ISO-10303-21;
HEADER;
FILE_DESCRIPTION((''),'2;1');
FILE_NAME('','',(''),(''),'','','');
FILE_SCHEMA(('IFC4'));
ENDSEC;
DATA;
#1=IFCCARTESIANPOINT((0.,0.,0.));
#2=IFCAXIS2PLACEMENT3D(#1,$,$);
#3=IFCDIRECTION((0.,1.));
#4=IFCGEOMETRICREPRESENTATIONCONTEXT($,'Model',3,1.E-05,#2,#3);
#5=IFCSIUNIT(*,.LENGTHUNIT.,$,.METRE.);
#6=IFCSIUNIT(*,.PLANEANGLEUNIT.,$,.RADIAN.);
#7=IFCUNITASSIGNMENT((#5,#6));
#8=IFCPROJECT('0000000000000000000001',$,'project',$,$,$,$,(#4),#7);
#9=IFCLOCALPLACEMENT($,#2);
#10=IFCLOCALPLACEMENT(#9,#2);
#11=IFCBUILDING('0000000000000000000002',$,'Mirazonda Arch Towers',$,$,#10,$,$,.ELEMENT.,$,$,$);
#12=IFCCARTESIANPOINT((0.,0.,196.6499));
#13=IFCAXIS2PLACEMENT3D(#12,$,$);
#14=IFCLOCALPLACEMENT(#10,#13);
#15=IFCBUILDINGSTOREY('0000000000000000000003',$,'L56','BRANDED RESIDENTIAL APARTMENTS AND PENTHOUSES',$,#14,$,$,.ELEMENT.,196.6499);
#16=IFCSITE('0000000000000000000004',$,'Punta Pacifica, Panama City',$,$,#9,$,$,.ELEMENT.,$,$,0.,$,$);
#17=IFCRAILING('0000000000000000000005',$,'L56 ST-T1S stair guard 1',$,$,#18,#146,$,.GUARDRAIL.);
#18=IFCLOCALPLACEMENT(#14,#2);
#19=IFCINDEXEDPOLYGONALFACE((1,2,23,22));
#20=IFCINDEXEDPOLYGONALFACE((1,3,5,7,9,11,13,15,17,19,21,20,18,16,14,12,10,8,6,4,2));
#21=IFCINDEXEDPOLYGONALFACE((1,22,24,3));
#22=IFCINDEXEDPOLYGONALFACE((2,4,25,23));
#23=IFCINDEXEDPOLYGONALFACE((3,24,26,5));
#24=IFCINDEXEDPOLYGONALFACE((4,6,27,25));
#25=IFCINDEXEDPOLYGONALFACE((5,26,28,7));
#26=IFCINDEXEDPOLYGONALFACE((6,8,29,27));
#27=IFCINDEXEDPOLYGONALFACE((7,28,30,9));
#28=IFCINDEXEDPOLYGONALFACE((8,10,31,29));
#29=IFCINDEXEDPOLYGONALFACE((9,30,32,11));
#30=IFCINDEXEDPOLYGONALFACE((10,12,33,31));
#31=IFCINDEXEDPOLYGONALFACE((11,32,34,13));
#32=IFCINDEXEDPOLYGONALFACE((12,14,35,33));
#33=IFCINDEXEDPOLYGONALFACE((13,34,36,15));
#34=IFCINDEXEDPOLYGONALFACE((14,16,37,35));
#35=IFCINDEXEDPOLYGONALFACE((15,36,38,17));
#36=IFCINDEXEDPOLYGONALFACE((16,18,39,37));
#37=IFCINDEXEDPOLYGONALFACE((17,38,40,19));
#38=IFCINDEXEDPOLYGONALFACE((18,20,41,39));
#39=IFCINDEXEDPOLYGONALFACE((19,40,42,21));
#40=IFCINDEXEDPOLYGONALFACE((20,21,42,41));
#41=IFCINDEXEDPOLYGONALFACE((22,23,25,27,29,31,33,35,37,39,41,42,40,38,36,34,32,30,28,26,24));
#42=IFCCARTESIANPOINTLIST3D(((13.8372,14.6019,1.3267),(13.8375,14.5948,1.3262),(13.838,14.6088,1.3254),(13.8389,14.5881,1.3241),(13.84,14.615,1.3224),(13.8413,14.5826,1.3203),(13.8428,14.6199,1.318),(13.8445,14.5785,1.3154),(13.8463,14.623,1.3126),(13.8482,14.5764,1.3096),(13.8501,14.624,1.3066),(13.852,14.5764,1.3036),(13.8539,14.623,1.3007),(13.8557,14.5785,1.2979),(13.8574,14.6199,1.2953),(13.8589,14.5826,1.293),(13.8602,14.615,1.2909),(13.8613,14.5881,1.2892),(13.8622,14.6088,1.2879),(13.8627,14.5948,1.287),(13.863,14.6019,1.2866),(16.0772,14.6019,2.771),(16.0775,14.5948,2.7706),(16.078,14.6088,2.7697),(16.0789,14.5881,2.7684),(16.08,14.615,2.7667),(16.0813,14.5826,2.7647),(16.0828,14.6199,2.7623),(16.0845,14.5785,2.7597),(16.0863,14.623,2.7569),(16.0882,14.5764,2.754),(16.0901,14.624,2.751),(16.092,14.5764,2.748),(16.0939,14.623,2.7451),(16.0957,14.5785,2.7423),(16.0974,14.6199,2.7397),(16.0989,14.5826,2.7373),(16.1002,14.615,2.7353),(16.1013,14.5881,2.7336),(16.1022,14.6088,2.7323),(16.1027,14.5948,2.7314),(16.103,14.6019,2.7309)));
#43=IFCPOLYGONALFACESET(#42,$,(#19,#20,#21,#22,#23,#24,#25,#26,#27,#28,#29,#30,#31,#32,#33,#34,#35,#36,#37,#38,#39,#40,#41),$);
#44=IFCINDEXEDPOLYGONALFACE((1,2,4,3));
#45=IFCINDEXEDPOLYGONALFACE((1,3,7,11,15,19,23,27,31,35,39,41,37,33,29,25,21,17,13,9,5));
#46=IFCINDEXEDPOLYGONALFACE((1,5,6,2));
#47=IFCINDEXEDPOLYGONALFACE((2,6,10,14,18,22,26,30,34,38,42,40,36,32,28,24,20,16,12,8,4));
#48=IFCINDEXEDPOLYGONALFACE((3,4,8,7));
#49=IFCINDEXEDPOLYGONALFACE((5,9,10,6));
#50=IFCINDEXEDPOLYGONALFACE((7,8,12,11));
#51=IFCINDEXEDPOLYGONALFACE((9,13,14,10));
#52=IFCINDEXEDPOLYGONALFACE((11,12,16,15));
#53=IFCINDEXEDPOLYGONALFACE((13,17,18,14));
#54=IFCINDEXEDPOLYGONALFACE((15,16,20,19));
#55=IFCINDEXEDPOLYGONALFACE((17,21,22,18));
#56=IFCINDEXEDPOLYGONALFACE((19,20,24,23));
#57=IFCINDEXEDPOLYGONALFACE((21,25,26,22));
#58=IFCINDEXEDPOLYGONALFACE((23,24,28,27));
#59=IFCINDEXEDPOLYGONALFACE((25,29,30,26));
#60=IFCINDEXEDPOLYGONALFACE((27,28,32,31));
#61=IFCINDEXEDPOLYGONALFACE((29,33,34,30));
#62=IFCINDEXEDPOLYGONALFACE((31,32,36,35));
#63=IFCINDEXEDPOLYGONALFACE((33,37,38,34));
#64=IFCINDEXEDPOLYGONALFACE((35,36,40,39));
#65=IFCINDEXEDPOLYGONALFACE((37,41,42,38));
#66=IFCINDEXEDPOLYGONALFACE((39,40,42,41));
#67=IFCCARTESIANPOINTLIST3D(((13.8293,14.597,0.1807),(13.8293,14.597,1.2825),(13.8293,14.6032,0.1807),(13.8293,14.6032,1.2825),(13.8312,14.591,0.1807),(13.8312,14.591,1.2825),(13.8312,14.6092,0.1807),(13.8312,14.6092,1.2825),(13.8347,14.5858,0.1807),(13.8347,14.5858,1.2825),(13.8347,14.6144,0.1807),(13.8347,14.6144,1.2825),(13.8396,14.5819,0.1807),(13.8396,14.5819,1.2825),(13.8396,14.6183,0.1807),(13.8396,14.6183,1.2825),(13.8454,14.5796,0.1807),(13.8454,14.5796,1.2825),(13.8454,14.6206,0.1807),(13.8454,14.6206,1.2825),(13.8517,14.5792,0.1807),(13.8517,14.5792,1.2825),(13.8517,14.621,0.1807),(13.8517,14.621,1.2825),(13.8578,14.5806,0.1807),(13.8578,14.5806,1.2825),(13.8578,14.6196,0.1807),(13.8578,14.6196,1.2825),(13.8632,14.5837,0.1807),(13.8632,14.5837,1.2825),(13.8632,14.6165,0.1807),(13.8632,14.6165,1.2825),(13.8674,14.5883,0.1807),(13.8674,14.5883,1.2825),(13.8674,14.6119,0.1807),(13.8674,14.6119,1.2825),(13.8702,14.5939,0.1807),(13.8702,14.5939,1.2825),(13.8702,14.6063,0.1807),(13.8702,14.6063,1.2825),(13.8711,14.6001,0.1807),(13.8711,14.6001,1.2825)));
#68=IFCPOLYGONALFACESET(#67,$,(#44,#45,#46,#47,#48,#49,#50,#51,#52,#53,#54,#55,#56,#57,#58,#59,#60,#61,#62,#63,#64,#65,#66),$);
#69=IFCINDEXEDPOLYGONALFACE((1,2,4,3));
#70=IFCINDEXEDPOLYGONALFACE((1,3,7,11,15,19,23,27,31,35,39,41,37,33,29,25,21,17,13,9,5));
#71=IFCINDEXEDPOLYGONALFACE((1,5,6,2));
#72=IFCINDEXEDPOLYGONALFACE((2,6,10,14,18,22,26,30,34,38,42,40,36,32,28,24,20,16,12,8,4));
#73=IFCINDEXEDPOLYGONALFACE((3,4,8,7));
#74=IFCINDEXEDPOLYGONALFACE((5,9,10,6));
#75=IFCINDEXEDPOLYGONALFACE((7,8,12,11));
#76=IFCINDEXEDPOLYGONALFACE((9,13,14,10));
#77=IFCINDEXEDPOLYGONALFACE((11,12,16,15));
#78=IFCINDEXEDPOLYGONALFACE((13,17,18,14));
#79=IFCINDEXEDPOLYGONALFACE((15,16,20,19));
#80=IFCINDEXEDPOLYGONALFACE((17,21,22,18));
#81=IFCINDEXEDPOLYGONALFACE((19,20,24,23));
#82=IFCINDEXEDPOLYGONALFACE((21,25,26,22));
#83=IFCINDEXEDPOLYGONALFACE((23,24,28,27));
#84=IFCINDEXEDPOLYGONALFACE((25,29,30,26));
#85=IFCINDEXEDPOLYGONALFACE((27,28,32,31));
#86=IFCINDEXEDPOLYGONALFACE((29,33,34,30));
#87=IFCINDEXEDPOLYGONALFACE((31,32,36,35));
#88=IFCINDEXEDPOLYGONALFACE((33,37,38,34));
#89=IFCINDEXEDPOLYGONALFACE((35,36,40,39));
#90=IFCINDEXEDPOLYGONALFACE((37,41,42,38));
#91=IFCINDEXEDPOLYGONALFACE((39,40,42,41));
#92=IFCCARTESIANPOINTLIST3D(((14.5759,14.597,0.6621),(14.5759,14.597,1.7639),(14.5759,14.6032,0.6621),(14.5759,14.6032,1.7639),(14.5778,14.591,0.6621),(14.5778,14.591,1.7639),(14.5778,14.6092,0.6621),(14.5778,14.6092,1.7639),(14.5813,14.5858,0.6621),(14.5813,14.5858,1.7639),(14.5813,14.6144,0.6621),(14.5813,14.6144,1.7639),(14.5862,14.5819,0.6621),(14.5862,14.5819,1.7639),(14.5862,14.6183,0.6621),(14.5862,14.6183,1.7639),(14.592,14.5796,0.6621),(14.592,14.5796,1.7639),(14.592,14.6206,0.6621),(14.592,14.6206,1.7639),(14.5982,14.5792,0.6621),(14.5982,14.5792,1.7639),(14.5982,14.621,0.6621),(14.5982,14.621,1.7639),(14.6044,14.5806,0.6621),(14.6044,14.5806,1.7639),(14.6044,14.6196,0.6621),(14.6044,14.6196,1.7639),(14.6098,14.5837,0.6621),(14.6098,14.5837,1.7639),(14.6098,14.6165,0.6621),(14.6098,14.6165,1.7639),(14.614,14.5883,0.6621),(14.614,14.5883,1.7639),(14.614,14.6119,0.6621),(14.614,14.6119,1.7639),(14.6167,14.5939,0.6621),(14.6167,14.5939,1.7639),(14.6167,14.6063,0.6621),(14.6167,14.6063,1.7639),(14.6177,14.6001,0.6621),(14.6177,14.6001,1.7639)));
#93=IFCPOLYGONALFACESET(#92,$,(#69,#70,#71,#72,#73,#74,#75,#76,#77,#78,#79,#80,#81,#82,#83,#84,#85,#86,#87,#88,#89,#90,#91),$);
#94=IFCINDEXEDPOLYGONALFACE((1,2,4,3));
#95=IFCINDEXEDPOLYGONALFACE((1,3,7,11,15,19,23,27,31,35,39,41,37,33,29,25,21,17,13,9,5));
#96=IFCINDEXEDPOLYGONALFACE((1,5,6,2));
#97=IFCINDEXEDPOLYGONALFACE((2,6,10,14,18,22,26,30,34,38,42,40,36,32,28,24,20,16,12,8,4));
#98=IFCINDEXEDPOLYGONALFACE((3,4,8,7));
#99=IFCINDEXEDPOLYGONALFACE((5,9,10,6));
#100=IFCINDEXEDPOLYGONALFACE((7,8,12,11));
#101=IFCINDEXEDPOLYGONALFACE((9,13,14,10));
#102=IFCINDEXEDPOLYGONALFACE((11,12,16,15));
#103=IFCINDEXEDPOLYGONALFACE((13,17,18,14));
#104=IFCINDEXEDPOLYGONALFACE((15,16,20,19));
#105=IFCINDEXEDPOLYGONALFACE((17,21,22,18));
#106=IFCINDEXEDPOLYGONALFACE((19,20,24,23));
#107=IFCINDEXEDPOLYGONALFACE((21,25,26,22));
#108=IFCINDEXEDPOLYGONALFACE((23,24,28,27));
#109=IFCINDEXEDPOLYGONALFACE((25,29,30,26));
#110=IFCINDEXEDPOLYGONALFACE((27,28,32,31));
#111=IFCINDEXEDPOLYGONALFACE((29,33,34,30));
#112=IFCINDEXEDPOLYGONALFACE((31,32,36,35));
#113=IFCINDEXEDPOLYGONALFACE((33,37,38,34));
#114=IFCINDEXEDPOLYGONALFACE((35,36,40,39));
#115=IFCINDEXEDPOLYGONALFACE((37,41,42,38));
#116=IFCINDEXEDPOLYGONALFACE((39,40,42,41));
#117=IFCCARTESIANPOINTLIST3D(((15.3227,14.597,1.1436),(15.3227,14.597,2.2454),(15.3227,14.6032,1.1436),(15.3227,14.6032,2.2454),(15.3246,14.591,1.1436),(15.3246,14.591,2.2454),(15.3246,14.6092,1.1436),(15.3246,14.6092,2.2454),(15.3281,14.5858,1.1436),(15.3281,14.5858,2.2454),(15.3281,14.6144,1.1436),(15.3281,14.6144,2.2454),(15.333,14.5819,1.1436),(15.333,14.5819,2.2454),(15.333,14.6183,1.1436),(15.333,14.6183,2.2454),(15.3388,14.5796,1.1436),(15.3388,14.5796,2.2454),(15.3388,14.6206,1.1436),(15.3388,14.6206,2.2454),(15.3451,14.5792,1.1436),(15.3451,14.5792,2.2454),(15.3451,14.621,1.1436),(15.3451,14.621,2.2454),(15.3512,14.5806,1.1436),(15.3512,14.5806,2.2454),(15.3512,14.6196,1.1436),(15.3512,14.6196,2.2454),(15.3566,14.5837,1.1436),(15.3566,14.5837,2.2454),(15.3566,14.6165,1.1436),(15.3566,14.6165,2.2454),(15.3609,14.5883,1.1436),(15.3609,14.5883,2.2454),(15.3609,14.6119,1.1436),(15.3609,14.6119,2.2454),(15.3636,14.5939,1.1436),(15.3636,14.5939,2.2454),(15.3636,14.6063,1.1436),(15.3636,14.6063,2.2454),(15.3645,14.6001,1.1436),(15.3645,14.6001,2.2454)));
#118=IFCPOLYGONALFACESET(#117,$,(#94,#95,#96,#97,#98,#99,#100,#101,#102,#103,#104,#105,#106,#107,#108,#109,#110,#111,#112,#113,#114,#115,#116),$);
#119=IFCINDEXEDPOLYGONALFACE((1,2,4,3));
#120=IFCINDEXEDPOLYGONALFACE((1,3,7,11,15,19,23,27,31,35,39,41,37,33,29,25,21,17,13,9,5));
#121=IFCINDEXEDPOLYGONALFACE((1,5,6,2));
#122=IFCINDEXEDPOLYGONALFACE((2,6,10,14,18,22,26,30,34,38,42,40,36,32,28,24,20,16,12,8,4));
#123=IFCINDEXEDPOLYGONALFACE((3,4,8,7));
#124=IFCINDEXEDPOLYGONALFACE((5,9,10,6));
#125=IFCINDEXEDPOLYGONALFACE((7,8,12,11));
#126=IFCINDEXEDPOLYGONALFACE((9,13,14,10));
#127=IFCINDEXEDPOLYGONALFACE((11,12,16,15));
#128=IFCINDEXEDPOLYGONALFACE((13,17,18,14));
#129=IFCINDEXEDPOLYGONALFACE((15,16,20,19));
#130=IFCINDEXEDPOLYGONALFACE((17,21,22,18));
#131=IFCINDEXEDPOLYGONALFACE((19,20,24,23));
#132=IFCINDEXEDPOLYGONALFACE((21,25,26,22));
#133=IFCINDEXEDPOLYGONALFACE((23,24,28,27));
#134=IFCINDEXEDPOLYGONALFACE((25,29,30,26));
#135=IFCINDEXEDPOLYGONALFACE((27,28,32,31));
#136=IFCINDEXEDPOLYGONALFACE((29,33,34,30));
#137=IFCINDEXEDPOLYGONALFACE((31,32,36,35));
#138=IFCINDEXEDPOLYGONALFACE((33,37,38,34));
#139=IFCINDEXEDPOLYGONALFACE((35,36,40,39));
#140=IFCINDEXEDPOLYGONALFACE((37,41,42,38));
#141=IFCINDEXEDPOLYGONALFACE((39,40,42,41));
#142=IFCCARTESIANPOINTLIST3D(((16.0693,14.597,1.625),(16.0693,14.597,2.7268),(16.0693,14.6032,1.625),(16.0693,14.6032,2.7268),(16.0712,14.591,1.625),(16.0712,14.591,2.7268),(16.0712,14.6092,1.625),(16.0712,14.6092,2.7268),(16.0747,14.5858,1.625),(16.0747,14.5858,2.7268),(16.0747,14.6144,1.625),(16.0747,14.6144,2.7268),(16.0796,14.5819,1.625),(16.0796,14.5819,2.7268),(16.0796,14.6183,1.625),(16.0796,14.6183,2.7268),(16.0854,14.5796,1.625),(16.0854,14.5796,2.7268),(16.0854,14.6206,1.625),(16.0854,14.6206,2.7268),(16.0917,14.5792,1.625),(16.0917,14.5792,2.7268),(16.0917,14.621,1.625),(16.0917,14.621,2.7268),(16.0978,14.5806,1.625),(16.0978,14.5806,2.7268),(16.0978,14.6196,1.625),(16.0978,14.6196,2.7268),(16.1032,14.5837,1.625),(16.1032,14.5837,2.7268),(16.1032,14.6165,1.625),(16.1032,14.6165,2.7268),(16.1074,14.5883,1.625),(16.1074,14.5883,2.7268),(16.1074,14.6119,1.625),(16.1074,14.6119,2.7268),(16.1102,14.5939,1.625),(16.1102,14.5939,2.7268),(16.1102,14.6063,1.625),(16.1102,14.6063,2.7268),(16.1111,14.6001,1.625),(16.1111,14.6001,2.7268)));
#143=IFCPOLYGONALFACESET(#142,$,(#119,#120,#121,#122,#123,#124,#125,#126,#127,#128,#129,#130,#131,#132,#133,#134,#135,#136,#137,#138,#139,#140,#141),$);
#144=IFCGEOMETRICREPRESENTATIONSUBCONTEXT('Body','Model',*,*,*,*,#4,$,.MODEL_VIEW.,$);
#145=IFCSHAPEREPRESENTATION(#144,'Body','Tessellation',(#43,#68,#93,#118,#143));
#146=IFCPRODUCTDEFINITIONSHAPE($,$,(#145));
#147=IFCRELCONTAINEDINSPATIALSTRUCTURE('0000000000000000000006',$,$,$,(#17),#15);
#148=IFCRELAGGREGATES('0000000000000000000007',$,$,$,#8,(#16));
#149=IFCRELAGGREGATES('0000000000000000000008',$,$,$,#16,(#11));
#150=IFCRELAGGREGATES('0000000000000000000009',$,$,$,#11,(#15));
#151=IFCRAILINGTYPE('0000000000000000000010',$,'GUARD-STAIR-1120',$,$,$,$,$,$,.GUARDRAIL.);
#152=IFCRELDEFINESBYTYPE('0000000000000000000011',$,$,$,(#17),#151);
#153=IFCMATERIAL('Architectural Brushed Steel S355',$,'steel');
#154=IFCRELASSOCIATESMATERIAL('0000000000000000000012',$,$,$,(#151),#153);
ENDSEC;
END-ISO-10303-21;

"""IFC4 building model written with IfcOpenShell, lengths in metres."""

from ifc_helpers import new_model, si_unit, direction, frame, origin, origin_2d, place, context, subcontext, project, spatial, circle, extrude, material, type_object, element, save


model = new_model("IFC4")

# Units and contexts
model_context = context("Model", 3, precision=1e-05, world=origin(), true_north=direction((0.0, 1.0)))
body_context = subcontext(model_context, "Body", "Model", "MODEL_VIEW")
ifc_project = project(units=[si_unit("LENGTHUNIT", "METRE"), si_unit("PLANEANGLEUNIT", "RADIAN")], contexts=[model_context])

# Site, building, storey
site_placement = place(None, origin())
site = spatial("IfcSite", under=ifc_project, at=site_placement, Name="Punta Pacifica, Panama City", CompositionType="ELEMENT", RefElevation=0.0)
building_placement = place(site_placement, origin())
building = spatial("IfcBuilding", under=site, at=building_placement, Name="Mirazonda Arch Towers", CompositionType="ELEMENT")
storey_placement = place(building_placement, frame((0.0, 0.0, 196.6499)))
storey = spatial("IfcBuildingStorey", under=building, at=storey_placement, Name="L56", Description="BRANDED RESIDENTIAL APARTMENTS AND PENTHOUSES", CompositionType="ELEMENT", Elevation=196.6499)

# Shared definitions
ifc_material_1 = material(Name="Architectural Brushed Steel S355", Category="steel")

# Railing
railing_type_1 = type_object("IfcRailingType", Name="GUARD-STAIR-1120", PredefinedType="GUARDRAIL", material=ifc_material_1)
railing_1_placement = place(storey_placement, frame((13.8501, 14.6001, 0.1807)))
element("IfcRailing", 1, at=railing_1_placement, inside=storey, type_object=railing_type_1, Name="L56 ST-T1S stair guard 1", PredefinedType="GUARDRAIL", context=body_context, shape_type="SweptSolid", body=[
    extrude(circle(Radius=0.0239, at=origin_2d()), frame((0.0, 0.0, 1.126), z_axis=(0.840437, 0.0, 0.54191), x_axis=(0.0, 1.0, 0.0)), (0.0, 0.0, 1.0), 2.6653),
    extrude(circle(Radius=0.021, at=origin_2d()), origin(), (0.0, 0.0, 1.0), 1.1018),
    extrude(circle(Radius=0.021, at=origin_2d()), frame((0.7466, 0.0, 0.4814)), (0.0, 0.0, 1.0), 1.1018),
    extrude(circle(Radius=0.021, at=origin_2d()), frame((1.4934, 0.0, 0.9629)), (0.0, 0.0, 1.0), 1.1018),
    extrude(circle(Radius=0.021, at=origin_2d()), frame((2.24, 0.0, 1.4443)), (0.0, 0.0, 1.0), 1.1018),
])

save(model, "model.ifc")
